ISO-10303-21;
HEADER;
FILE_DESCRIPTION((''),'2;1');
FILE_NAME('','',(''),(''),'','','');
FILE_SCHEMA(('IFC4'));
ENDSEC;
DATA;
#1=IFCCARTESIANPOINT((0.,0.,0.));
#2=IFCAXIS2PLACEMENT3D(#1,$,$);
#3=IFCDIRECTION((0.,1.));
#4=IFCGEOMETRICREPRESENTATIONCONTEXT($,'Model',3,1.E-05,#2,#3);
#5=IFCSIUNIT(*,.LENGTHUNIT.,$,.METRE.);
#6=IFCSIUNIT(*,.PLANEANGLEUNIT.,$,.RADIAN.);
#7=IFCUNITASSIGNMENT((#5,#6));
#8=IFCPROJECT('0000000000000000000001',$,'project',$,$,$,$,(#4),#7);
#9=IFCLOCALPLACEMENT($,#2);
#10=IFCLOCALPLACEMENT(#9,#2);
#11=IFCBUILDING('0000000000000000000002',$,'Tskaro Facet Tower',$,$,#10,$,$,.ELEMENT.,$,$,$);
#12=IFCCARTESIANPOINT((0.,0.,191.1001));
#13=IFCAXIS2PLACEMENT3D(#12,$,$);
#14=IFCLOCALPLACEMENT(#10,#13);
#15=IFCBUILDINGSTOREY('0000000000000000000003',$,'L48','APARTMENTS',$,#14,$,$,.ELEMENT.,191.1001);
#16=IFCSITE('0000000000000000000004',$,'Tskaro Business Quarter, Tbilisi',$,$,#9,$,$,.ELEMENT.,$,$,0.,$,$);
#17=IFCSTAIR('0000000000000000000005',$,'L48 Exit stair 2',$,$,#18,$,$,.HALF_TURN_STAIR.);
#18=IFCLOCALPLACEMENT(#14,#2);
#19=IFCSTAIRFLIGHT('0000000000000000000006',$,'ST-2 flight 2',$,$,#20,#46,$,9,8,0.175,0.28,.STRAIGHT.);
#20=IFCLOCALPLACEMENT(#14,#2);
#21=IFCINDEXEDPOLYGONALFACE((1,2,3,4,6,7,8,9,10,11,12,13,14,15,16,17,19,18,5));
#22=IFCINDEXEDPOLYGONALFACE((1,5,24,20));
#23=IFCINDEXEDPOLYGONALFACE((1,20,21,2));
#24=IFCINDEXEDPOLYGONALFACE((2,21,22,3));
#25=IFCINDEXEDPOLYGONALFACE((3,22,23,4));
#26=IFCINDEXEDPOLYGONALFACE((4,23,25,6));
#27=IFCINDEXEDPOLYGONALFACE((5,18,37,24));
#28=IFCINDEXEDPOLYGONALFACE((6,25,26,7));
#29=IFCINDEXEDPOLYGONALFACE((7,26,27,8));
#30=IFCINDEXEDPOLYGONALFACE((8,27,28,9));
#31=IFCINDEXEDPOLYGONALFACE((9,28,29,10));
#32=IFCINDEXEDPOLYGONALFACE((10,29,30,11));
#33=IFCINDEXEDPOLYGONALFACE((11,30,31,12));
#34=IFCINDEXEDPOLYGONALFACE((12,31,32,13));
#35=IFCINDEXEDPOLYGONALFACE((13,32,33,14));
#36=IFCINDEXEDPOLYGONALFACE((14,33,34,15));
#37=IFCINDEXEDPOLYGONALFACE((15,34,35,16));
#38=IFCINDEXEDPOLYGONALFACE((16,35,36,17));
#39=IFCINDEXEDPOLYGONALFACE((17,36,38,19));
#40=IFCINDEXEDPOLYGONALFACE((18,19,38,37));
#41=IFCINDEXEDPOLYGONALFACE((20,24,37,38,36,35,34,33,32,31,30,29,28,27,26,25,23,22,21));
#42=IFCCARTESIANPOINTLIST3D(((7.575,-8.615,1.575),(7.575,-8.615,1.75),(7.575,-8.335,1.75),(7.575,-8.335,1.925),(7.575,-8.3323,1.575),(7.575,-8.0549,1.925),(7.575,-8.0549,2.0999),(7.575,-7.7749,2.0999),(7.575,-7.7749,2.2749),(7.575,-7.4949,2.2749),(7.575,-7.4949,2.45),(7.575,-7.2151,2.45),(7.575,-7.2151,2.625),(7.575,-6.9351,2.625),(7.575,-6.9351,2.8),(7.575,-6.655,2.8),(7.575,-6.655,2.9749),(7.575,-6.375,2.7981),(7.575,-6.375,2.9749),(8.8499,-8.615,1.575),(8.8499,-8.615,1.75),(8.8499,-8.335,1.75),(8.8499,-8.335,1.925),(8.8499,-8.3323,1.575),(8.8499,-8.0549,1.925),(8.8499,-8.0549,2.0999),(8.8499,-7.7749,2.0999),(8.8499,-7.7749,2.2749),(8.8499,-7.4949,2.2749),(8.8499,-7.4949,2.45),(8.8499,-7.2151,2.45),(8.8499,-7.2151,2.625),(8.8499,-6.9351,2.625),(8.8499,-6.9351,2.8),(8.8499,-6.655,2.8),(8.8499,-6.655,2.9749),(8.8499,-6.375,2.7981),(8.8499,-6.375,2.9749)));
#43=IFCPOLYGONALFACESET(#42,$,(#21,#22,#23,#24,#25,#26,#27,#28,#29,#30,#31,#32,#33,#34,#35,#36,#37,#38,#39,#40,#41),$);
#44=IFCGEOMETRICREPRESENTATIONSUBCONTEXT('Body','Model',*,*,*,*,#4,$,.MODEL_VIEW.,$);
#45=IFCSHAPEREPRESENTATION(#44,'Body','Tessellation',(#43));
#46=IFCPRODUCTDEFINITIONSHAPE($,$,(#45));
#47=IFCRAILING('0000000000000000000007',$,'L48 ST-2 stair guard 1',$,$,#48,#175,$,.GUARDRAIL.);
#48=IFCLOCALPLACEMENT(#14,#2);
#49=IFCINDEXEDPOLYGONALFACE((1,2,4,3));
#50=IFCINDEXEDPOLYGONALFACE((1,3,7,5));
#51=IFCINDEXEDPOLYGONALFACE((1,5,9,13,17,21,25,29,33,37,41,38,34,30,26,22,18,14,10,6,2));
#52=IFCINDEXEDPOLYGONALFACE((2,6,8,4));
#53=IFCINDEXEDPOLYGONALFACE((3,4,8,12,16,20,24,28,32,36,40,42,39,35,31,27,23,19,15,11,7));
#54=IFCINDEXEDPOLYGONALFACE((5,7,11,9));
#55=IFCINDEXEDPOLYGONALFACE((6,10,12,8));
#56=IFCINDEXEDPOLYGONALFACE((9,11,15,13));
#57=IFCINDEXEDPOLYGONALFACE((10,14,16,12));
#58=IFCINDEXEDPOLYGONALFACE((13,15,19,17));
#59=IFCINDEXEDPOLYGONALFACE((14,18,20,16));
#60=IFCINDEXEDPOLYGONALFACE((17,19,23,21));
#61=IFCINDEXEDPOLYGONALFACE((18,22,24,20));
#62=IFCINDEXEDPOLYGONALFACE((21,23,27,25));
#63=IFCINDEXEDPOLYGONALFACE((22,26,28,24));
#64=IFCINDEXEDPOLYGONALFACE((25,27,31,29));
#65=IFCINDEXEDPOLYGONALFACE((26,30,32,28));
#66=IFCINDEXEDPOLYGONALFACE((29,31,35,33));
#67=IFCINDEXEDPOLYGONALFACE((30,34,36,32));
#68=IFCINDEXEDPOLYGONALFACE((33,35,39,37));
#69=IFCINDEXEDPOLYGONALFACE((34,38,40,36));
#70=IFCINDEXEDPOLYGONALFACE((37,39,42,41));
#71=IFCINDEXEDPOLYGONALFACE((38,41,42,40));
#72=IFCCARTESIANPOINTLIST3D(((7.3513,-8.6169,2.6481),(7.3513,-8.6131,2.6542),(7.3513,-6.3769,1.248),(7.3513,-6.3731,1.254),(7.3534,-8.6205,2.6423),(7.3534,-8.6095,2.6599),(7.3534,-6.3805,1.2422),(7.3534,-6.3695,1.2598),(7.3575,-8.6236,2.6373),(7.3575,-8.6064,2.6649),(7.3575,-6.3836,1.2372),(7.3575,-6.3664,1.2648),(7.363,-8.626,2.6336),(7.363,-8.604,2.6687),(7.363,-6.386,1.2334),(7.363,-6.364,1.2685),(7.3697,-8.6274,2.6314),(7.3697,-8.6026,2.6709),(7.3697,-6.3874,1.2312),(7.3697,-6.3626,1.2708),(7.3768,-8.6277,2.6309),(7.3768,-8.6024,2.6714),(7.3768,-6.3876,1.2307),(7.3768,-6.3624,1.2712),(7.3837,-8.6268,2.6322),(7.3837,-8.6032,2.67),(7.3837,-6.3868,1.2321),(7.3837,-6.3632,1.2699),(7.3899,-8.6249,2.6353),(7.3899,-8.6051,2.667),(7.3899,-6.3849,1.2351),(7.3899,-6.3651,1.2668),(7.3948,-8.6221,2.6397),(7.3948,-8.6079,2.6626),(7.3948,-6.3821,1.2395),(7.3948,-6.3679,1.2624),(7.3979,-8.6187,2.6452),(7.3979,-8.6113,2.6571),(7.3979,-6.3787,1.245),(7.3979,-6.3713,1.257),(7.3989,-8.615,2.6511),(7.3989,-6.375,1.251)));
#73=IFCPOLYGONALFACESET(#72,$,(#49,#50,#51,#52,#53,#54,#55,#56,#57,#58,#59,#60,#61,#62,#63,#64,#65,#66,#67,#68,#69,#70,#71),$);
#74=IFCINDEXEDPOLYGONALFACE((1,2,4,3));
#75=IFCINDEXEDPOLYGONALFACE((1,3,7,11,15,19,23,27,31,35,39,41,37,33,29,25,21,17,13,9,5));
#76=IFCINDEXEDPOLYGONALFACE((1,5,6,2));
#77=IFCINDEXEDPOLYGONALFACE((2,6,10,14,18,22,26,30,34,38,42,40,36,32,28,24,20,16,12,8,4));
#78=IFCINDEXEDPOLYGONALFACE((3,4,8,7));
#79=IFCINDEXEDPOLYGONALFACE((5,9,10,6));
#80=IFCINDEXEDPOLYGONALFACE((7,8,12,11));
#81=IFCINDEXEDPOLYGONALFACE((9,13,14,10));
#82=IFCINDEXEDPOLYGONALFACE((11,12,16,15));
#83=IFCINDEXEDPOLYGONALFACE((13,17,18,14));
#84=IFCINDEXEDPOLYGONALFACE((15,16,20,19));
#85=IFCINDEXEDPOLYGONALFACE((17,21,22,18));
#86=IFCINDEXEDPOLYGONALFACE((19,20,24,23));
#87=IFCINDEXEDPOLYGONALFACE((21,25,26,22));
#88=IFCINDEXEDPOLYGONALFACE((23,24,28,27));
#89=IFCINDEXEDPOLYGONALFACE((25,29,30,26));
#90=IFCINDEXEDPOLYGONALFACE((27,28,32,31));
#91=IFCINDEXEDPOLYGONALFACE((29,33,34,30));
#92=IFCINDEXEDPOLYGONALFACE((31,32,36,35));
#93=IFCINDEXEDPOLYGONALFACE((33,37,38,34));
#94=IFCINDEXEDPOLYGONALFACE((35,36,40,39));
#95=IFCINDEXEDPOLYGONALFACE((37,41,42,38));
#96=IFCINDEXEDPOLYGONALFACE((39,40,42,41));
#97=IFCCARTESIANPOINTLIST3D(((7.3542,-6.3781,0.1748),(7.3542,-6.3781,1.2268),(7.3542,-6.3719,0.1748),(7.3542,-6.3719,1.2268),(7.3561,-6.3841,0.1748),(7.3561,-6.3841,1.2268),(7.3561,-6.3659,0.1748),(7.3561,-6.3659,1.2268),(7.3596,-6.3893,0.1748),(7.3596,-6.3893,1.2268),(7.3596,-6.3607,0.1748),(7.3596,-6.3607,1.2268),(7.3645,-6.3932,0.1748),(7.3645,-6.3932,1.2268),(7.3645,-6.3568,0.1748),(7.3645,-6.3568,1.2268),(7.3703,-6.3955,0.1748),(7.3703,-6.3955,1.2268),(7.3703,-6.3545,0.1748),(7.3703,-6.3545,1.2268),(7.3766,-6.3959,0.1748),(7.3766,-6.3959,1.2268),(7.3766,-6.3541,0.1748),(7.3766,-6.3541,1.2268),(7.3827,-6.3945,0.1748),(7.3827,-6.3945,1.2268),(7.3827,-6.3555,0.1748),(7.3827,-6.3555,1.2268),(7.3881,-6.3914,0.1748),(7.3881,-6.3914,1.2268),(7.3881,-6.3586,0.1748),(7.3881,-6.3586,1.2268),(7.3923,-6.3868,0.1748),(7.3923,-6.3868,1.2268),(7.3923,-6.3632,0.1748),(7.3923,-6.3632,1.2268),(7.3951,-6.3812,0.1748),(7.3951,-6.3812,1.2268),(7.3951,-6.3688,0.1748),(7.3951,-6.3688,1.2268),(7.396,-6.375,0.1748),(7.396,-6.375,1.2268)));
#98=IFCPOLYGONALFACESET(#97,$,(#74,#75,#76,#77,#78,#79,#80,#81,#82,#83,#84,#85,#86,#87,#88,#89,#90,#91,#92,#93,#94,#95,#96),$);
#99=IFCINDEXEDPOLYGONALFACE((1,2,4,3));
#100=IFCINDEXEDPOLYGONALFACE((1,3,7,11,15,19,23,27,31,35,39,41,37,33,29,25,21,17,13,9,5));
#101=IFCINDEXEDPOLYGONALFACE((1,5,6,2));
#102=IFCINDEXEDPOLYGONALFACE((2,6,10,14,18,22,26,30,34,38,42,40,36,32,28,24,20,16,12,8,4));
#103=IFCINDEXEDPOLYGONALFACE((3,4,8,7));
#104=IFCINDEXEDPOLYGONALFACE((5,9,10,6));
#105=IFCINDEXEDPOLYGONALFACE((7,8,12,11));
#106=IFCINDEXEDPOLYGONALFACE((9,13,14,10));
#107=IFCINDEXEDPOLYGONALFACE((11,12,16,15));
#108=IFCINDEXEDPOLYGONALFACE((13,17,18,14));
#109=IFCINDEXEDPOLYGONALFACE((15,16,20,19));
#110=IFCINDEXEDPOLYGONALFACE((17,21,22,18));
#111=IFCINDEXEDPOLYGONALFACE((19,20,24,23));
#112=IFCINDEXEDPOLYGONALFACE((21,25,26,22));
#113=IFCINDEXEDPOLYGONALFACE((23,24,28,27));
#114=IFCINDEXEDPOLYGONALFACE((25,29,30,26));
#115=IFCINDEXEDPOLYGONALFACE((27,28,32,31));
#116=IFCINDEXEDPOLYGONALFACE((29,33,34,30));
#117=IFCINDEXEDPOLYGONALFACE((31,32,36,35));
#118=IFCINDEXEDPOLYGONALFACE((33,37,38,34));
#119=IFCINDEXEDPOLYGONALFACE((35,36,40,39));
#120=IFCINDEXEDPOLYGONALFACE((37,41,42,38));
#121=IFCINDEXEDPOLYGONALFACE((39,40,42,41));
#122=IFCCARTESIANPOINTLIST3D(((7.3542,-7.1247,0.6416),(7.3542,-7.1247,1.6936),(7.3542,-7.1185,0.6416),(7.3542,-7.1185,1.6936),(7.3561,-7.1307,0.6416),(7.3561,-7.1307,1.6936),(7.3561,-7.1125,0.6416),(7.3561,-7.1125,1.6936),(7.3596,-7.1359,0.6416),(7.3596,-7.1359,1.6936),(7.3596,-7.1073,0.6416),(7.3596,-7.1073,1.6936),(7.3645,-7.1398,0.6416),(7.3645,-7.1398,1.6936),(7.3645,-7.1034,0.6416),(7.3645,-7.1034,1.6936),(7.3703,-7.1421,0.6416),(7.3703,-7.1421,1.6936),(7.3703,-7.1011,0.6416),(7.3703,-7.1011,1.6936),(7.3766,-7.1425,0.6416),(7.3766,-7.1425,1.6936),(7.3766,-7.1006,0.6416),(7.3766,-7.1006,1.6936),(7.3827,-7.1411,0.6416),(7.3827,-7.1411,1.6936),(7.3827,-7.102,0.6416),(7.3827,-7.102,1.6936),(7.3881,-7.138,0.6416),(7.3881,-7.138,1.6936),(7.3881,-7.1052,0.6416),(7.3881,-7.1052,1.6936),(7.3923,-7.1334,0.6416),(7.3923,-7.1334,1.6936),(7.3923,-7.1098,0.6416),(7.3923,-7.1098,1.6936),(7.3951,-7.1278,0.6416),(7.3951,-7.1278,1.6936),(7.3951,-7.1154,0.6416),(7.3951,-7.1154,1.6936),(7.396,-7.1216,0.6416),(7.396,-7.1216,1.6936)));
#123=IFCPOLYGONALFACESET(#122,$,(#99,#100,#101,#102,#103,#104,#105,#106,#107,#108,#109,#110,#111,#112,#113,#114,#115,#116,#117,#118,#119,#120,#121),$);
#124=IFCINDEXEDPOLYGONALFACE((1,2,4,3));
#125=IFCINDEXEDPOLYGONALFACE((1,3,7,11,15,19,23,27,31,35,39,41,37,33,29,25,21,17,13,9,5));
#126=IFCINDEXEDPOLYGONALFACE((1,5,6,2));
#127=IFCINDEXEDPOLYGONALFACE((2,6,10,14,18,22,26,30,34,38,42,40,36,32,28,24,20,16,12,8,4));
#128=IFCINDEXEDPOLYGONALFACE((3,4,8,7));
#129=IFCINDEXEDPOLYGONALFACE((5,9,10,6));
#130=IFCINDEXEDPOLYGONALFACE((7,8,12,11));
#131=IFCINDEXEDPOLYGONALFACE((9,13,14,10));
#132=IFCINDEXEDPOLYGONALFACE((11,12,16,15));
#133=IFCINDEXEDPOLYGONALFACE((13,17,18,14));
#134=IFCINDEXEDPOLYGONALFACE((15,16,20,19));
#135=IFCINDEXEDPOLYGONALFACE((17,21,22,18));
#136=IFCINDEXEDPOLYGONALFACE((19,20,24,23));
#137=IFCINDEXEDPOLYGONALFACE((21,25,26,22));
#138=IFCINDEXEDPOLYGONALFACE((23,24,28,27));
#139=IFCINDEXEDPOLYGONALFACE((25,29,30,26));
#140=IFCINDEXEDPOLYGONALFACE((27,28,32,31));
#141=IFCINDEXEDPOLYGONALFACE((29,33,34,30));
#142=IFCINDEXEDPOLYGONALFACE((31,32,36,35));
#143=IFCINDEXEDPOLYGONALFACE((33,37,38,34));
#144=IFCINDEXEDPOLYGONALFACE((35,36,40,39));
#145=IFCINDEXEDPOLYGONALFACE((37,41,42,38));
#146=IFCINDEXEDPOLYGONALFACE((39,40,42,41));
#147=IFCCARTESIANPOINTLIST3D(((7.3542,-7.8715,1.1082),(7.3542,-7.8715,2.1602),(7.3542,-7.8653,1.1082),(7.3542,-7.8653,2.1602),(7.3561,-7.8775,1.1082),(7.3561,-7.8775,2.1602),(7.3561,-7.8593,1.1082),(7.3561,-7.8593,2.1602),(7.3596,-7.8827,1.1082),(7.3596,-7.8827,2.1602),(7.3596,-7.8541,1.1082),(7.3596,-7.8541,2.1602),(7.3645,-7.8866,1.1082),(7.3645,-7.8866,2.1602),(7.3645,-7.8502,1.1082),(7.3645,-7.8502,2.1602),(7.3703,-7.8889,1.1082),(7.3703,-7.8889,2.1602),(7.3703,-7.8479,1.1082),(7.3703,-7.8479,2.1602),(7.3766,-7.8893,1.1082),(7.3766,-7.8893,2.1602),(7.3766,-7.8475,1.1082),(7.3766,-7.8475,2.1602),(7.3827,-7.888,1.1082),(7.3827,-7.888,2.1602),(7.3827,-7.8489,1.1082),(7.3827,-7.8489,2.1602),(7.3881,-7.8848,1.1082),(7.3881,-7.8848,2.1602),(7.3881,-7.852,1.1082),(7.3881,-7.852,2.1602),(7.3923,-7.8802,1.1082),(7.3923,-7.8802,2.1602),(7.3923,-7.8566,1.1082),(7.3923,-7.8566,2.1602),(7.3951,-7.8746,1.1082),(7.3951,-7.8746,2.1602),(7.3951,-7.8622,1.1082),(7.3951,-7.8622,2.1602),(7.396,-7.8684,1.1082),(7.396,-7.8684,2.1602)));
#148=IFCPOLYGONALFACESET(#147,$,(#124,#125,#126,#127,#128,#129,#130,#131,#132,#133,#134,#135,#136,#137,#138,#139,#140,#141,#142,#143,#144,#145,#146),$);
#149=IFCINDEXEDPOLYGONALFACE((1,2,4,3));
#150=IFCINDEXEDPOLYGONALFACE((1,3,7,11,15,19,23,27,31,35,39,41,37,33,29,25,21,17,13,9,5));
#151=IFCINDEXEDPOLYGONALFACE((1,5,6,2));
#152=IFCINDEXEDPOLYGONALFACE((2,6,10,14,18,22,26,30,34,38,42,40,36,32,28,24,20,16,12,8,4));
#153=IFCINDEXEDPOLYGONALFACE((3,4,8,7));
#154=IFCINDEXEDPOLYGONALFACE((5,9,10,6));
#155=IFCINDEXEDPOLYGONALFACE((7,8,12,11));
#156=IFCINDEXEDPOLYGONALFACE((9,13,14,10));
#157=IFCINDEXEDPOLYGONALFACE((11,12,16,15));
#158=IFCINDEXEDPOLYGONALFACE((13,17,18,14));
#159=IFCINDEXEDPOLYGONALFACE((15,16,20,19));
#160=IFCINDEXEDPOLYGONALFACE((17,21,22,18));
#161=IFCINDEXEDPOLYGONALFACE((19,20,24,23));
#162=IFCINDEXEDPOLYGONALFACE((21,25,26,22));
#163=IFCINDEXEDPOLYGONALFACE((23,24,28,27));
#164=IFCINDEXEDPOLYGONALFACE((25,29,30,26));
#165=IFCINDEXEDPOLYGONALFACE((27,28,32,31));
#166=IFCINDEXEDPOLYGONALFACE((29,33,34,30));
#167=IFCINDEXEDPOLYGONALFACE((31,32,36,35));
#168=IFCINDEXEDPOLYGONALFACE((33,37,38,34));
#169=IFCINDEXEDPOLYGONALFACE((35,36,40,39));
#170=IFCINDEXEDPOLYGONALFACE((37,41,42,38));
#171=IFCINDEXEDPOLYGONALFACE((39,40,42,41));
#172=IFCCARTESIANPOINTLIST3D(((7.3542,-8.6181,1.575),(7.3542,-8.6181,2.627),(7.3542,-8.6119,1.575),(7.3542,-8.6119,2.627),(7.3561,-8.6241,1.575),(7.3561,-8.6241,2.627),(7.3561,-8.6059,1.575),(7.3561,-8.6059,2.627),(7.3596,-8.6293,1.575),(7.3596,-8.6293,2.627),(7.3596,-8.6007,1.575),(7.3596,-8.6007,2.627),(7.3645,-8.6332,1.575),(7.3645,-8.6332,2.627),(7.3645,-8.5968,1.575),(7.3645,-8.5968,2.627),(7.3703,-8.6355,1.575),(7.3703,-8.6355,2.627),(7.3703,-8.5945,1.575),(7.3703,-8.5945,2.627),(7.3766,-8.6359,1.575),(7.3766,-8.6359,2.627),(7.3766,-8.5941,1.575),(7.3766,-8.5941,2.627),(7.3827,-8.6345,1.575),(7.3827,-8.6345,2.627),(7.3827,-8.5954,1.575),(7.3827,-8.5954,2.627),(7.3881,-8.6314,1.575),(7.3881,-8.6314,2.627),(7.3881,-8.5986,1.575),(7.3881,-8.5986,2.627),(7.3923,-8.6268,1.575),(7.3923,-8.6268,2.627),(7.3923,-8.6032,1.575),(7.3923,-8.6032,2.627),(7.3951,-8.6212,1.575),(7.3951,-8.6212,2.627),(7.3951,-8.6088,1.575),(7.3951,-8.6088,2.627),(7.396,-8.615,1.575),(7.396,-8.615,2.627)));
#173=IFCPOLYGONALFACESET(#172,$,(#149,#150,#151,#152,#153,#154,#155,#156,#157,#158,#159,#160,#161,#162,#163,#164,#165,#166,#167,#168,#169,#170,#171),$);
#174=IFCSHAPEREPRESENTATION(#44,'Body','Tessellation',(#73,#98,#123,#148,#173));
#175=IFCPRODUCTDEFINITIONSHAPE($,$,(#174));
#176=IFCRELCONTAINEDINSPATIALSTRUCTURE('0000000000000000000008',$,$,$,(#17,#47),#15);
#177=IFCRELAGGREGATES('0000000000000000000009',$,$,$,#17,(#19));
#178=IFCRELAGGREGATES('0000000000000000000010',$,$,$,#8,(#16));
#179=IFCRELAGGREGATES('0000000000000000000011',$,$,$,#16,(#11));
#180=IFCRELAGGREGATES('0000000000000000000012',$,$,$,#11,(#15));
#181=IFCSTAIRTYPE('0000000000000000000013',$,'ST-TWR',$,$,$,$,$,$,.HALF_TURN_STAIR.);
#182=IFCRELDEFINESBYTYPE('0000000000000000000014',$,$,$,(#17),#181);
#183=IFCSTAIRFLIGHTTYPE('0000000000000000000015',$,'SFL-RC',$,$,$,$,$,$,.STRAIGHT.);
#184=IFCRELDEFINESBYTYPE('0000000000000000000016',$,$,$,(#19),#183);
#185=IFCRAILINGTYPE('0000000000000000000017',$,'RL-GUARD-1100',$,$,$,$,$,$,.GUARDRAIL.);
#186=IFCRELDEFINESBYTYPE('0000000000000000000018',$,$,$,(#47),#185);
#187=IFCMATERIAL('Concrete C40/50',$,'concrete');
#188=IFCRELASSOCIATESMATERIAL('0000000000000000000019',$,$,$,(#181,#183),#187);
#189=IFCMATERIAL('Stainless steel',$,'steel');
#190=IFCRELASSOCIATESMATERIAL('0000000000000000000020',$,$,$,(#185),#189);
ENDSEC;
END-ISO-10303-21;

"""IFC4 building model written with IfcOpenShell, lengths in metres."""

from ifc_helpers import new_model, si_unit, direction, frame, origin, origin_2d, place, context, subcontext, project, spatial, polyline, circle, outline, extrude, material, type_object, element, aggregate, save


model = new_model("IFC4")

# Units and contexts
model_context = context("Model", 3, precision=1e-05, world=origin(), true_north=direction((0.0, 1.0)))
body_context = subcontext(model_context, "Body", "Model", "MODEL_VIEW")
ifc_project = project(units=[si_unit("LENGTHUNIT", "METRE"), si_unit("PLANEANGLEUNIT", "RADIAN")], contexts=[model_context])

# Site, building, storey
site_placement = place(None, origin())
site = spatial("IfcSite", under=ifc_project, at=site_placement, Name="Tskaro Business Quarter, Tbilisi", CompositionType="ELEMENT", RefElevation=0.0)
building_placement = place(site_placement, origin())
building = spatial("IfcBuilding", under=site, at=building_placement, Name="Tskaro Facet Tower", CompositionType="ELEMENT")
storey_placement = place(building_placement, frame((0.0, 0.0, 191.1001)))
storey = spatial("IfcBuildingStorey", under=building, at=storey_placement, Name="L48", Description="APARTMENTS", CompositionType="ELEMENT", Elevation=191.1001)

# Shared definitions
ifc_material_1 = material(Name="Stainless steel", Category="steel")

# Stair, stair flight
ifc_material_2 = material(Name="Concrete C40/50", Category="concrete")
stair_type = type_object("IfcStairType", Name="ST-TWR", PredefinedType="HALF_TURN_STAIR", material=ifc_material_2)
stair_placement = place(storey_placement, origin())
stair = element("IfcStair", 1, at=stair_placement, inside=storey, type_object=stair_type, Name="L48 Exit stair 2", PredefinedType="HALF_TURN_STAIR")
stair_flight_type = type_object("IfcStairFlightType", Name="SFL-RC", PredefinedType="STRAIGHT", material=ifc_material_2)
stair_flight_1_placement = place(storey_placement, frame((8.2124, -8.615, 1.575), z_axis=(0.0, 0.0, 1.0), x_axis=(0.0, 1.0, 0.0)))
stair_flight_1 = element("IfcStairFlight", 2, at=stair_flight_1_placement, type_object=stair_flight_type, Name="ST-2 flight 2", NumberOfRisers=9, NumberOfTreads=8, PredefinedType="STRAIGHT", RiserHeight=0.175, TreadLength=0.28, context=body_context, shape_type="SweptSolid", body=[
    extrude(outline(polyline([(0.0, 0.0), (0.0, 0.175), (0.28, 0.175), (0.28, 0.3501), (0.5601, 0.3501), (0.5601, 0.5249), (0.8401, 0.5249), (0.8401, 0.7), (1.1201, 0.7), (1.1201, 0.875), (1.3999, 0.875), (1.3999, 1.05), (1.6799, 1.05), (1.6799, 1.2251), (1.96, 1.2251), (1.96, 1.3999), (2.24, 1.3999), (2.24, 1.575), (2.24, 1.2231), (0.2827, 0.0), (0.0, 0.0)])), frame((0.0, 0.6375, 0.0), z_axis=(0.0, -1.0, 0.0), x_axis=(1.0, 0.0, 0.0)), (0.0, 0.0, 1.0), 1.2749),
])
aggregate(stair, [stair_flight_1])

# Railing
railing_type_1 = type_object("IfcRailingType", Name="RL-GUARD-1100", PredefinedType="GUARDRAIL", material=ifc_material_1)
railing_1_placement = place(storey_placement, frame((7.375, -6.375, 0.1748)))
element("IfcRailing", 3, at=railing_1_placement, inside=storey, type_object=railing_type_1, Name="L48 ST-2 stair guard 1", PredefinedType="GUARDRAIL", context=body_context, shape_type="SweptSolid", body=[
    extrude(circle(Radius=0.0239, at=origin_2d()), frame((0.0, 0.0, 1.0762), z_axis=(0.0, -0.847972, 0.53004), x_axis=(1.0, 0.0, 0.0)), (0.0, 0.0, 1.0), 2.6416),
    extrude(circle(Radius=0.021, at=origin_2d()), origin(), (0.0, 0.0, 1.0), 1.052),
    extrude(circle(Radius=0.021, at=origin_2d()), frame((0.0, -0.7466, 0.4668)), (0.0, 0.0, 1.0), 1.052),
    extrude(circle(Radius=0.021, at=origin_2d()), frame((0.0, -1.4934, 0.9333)), (0.0, 0.0, 1.0), 1.052),
    extrude(circle(Radius=0.021, at=origin_2d()), frame((0.0, -2.24, 1.4001)), (0.0, 0.0, 1.0), 1.052),
])

save(model, "model.ifc")
